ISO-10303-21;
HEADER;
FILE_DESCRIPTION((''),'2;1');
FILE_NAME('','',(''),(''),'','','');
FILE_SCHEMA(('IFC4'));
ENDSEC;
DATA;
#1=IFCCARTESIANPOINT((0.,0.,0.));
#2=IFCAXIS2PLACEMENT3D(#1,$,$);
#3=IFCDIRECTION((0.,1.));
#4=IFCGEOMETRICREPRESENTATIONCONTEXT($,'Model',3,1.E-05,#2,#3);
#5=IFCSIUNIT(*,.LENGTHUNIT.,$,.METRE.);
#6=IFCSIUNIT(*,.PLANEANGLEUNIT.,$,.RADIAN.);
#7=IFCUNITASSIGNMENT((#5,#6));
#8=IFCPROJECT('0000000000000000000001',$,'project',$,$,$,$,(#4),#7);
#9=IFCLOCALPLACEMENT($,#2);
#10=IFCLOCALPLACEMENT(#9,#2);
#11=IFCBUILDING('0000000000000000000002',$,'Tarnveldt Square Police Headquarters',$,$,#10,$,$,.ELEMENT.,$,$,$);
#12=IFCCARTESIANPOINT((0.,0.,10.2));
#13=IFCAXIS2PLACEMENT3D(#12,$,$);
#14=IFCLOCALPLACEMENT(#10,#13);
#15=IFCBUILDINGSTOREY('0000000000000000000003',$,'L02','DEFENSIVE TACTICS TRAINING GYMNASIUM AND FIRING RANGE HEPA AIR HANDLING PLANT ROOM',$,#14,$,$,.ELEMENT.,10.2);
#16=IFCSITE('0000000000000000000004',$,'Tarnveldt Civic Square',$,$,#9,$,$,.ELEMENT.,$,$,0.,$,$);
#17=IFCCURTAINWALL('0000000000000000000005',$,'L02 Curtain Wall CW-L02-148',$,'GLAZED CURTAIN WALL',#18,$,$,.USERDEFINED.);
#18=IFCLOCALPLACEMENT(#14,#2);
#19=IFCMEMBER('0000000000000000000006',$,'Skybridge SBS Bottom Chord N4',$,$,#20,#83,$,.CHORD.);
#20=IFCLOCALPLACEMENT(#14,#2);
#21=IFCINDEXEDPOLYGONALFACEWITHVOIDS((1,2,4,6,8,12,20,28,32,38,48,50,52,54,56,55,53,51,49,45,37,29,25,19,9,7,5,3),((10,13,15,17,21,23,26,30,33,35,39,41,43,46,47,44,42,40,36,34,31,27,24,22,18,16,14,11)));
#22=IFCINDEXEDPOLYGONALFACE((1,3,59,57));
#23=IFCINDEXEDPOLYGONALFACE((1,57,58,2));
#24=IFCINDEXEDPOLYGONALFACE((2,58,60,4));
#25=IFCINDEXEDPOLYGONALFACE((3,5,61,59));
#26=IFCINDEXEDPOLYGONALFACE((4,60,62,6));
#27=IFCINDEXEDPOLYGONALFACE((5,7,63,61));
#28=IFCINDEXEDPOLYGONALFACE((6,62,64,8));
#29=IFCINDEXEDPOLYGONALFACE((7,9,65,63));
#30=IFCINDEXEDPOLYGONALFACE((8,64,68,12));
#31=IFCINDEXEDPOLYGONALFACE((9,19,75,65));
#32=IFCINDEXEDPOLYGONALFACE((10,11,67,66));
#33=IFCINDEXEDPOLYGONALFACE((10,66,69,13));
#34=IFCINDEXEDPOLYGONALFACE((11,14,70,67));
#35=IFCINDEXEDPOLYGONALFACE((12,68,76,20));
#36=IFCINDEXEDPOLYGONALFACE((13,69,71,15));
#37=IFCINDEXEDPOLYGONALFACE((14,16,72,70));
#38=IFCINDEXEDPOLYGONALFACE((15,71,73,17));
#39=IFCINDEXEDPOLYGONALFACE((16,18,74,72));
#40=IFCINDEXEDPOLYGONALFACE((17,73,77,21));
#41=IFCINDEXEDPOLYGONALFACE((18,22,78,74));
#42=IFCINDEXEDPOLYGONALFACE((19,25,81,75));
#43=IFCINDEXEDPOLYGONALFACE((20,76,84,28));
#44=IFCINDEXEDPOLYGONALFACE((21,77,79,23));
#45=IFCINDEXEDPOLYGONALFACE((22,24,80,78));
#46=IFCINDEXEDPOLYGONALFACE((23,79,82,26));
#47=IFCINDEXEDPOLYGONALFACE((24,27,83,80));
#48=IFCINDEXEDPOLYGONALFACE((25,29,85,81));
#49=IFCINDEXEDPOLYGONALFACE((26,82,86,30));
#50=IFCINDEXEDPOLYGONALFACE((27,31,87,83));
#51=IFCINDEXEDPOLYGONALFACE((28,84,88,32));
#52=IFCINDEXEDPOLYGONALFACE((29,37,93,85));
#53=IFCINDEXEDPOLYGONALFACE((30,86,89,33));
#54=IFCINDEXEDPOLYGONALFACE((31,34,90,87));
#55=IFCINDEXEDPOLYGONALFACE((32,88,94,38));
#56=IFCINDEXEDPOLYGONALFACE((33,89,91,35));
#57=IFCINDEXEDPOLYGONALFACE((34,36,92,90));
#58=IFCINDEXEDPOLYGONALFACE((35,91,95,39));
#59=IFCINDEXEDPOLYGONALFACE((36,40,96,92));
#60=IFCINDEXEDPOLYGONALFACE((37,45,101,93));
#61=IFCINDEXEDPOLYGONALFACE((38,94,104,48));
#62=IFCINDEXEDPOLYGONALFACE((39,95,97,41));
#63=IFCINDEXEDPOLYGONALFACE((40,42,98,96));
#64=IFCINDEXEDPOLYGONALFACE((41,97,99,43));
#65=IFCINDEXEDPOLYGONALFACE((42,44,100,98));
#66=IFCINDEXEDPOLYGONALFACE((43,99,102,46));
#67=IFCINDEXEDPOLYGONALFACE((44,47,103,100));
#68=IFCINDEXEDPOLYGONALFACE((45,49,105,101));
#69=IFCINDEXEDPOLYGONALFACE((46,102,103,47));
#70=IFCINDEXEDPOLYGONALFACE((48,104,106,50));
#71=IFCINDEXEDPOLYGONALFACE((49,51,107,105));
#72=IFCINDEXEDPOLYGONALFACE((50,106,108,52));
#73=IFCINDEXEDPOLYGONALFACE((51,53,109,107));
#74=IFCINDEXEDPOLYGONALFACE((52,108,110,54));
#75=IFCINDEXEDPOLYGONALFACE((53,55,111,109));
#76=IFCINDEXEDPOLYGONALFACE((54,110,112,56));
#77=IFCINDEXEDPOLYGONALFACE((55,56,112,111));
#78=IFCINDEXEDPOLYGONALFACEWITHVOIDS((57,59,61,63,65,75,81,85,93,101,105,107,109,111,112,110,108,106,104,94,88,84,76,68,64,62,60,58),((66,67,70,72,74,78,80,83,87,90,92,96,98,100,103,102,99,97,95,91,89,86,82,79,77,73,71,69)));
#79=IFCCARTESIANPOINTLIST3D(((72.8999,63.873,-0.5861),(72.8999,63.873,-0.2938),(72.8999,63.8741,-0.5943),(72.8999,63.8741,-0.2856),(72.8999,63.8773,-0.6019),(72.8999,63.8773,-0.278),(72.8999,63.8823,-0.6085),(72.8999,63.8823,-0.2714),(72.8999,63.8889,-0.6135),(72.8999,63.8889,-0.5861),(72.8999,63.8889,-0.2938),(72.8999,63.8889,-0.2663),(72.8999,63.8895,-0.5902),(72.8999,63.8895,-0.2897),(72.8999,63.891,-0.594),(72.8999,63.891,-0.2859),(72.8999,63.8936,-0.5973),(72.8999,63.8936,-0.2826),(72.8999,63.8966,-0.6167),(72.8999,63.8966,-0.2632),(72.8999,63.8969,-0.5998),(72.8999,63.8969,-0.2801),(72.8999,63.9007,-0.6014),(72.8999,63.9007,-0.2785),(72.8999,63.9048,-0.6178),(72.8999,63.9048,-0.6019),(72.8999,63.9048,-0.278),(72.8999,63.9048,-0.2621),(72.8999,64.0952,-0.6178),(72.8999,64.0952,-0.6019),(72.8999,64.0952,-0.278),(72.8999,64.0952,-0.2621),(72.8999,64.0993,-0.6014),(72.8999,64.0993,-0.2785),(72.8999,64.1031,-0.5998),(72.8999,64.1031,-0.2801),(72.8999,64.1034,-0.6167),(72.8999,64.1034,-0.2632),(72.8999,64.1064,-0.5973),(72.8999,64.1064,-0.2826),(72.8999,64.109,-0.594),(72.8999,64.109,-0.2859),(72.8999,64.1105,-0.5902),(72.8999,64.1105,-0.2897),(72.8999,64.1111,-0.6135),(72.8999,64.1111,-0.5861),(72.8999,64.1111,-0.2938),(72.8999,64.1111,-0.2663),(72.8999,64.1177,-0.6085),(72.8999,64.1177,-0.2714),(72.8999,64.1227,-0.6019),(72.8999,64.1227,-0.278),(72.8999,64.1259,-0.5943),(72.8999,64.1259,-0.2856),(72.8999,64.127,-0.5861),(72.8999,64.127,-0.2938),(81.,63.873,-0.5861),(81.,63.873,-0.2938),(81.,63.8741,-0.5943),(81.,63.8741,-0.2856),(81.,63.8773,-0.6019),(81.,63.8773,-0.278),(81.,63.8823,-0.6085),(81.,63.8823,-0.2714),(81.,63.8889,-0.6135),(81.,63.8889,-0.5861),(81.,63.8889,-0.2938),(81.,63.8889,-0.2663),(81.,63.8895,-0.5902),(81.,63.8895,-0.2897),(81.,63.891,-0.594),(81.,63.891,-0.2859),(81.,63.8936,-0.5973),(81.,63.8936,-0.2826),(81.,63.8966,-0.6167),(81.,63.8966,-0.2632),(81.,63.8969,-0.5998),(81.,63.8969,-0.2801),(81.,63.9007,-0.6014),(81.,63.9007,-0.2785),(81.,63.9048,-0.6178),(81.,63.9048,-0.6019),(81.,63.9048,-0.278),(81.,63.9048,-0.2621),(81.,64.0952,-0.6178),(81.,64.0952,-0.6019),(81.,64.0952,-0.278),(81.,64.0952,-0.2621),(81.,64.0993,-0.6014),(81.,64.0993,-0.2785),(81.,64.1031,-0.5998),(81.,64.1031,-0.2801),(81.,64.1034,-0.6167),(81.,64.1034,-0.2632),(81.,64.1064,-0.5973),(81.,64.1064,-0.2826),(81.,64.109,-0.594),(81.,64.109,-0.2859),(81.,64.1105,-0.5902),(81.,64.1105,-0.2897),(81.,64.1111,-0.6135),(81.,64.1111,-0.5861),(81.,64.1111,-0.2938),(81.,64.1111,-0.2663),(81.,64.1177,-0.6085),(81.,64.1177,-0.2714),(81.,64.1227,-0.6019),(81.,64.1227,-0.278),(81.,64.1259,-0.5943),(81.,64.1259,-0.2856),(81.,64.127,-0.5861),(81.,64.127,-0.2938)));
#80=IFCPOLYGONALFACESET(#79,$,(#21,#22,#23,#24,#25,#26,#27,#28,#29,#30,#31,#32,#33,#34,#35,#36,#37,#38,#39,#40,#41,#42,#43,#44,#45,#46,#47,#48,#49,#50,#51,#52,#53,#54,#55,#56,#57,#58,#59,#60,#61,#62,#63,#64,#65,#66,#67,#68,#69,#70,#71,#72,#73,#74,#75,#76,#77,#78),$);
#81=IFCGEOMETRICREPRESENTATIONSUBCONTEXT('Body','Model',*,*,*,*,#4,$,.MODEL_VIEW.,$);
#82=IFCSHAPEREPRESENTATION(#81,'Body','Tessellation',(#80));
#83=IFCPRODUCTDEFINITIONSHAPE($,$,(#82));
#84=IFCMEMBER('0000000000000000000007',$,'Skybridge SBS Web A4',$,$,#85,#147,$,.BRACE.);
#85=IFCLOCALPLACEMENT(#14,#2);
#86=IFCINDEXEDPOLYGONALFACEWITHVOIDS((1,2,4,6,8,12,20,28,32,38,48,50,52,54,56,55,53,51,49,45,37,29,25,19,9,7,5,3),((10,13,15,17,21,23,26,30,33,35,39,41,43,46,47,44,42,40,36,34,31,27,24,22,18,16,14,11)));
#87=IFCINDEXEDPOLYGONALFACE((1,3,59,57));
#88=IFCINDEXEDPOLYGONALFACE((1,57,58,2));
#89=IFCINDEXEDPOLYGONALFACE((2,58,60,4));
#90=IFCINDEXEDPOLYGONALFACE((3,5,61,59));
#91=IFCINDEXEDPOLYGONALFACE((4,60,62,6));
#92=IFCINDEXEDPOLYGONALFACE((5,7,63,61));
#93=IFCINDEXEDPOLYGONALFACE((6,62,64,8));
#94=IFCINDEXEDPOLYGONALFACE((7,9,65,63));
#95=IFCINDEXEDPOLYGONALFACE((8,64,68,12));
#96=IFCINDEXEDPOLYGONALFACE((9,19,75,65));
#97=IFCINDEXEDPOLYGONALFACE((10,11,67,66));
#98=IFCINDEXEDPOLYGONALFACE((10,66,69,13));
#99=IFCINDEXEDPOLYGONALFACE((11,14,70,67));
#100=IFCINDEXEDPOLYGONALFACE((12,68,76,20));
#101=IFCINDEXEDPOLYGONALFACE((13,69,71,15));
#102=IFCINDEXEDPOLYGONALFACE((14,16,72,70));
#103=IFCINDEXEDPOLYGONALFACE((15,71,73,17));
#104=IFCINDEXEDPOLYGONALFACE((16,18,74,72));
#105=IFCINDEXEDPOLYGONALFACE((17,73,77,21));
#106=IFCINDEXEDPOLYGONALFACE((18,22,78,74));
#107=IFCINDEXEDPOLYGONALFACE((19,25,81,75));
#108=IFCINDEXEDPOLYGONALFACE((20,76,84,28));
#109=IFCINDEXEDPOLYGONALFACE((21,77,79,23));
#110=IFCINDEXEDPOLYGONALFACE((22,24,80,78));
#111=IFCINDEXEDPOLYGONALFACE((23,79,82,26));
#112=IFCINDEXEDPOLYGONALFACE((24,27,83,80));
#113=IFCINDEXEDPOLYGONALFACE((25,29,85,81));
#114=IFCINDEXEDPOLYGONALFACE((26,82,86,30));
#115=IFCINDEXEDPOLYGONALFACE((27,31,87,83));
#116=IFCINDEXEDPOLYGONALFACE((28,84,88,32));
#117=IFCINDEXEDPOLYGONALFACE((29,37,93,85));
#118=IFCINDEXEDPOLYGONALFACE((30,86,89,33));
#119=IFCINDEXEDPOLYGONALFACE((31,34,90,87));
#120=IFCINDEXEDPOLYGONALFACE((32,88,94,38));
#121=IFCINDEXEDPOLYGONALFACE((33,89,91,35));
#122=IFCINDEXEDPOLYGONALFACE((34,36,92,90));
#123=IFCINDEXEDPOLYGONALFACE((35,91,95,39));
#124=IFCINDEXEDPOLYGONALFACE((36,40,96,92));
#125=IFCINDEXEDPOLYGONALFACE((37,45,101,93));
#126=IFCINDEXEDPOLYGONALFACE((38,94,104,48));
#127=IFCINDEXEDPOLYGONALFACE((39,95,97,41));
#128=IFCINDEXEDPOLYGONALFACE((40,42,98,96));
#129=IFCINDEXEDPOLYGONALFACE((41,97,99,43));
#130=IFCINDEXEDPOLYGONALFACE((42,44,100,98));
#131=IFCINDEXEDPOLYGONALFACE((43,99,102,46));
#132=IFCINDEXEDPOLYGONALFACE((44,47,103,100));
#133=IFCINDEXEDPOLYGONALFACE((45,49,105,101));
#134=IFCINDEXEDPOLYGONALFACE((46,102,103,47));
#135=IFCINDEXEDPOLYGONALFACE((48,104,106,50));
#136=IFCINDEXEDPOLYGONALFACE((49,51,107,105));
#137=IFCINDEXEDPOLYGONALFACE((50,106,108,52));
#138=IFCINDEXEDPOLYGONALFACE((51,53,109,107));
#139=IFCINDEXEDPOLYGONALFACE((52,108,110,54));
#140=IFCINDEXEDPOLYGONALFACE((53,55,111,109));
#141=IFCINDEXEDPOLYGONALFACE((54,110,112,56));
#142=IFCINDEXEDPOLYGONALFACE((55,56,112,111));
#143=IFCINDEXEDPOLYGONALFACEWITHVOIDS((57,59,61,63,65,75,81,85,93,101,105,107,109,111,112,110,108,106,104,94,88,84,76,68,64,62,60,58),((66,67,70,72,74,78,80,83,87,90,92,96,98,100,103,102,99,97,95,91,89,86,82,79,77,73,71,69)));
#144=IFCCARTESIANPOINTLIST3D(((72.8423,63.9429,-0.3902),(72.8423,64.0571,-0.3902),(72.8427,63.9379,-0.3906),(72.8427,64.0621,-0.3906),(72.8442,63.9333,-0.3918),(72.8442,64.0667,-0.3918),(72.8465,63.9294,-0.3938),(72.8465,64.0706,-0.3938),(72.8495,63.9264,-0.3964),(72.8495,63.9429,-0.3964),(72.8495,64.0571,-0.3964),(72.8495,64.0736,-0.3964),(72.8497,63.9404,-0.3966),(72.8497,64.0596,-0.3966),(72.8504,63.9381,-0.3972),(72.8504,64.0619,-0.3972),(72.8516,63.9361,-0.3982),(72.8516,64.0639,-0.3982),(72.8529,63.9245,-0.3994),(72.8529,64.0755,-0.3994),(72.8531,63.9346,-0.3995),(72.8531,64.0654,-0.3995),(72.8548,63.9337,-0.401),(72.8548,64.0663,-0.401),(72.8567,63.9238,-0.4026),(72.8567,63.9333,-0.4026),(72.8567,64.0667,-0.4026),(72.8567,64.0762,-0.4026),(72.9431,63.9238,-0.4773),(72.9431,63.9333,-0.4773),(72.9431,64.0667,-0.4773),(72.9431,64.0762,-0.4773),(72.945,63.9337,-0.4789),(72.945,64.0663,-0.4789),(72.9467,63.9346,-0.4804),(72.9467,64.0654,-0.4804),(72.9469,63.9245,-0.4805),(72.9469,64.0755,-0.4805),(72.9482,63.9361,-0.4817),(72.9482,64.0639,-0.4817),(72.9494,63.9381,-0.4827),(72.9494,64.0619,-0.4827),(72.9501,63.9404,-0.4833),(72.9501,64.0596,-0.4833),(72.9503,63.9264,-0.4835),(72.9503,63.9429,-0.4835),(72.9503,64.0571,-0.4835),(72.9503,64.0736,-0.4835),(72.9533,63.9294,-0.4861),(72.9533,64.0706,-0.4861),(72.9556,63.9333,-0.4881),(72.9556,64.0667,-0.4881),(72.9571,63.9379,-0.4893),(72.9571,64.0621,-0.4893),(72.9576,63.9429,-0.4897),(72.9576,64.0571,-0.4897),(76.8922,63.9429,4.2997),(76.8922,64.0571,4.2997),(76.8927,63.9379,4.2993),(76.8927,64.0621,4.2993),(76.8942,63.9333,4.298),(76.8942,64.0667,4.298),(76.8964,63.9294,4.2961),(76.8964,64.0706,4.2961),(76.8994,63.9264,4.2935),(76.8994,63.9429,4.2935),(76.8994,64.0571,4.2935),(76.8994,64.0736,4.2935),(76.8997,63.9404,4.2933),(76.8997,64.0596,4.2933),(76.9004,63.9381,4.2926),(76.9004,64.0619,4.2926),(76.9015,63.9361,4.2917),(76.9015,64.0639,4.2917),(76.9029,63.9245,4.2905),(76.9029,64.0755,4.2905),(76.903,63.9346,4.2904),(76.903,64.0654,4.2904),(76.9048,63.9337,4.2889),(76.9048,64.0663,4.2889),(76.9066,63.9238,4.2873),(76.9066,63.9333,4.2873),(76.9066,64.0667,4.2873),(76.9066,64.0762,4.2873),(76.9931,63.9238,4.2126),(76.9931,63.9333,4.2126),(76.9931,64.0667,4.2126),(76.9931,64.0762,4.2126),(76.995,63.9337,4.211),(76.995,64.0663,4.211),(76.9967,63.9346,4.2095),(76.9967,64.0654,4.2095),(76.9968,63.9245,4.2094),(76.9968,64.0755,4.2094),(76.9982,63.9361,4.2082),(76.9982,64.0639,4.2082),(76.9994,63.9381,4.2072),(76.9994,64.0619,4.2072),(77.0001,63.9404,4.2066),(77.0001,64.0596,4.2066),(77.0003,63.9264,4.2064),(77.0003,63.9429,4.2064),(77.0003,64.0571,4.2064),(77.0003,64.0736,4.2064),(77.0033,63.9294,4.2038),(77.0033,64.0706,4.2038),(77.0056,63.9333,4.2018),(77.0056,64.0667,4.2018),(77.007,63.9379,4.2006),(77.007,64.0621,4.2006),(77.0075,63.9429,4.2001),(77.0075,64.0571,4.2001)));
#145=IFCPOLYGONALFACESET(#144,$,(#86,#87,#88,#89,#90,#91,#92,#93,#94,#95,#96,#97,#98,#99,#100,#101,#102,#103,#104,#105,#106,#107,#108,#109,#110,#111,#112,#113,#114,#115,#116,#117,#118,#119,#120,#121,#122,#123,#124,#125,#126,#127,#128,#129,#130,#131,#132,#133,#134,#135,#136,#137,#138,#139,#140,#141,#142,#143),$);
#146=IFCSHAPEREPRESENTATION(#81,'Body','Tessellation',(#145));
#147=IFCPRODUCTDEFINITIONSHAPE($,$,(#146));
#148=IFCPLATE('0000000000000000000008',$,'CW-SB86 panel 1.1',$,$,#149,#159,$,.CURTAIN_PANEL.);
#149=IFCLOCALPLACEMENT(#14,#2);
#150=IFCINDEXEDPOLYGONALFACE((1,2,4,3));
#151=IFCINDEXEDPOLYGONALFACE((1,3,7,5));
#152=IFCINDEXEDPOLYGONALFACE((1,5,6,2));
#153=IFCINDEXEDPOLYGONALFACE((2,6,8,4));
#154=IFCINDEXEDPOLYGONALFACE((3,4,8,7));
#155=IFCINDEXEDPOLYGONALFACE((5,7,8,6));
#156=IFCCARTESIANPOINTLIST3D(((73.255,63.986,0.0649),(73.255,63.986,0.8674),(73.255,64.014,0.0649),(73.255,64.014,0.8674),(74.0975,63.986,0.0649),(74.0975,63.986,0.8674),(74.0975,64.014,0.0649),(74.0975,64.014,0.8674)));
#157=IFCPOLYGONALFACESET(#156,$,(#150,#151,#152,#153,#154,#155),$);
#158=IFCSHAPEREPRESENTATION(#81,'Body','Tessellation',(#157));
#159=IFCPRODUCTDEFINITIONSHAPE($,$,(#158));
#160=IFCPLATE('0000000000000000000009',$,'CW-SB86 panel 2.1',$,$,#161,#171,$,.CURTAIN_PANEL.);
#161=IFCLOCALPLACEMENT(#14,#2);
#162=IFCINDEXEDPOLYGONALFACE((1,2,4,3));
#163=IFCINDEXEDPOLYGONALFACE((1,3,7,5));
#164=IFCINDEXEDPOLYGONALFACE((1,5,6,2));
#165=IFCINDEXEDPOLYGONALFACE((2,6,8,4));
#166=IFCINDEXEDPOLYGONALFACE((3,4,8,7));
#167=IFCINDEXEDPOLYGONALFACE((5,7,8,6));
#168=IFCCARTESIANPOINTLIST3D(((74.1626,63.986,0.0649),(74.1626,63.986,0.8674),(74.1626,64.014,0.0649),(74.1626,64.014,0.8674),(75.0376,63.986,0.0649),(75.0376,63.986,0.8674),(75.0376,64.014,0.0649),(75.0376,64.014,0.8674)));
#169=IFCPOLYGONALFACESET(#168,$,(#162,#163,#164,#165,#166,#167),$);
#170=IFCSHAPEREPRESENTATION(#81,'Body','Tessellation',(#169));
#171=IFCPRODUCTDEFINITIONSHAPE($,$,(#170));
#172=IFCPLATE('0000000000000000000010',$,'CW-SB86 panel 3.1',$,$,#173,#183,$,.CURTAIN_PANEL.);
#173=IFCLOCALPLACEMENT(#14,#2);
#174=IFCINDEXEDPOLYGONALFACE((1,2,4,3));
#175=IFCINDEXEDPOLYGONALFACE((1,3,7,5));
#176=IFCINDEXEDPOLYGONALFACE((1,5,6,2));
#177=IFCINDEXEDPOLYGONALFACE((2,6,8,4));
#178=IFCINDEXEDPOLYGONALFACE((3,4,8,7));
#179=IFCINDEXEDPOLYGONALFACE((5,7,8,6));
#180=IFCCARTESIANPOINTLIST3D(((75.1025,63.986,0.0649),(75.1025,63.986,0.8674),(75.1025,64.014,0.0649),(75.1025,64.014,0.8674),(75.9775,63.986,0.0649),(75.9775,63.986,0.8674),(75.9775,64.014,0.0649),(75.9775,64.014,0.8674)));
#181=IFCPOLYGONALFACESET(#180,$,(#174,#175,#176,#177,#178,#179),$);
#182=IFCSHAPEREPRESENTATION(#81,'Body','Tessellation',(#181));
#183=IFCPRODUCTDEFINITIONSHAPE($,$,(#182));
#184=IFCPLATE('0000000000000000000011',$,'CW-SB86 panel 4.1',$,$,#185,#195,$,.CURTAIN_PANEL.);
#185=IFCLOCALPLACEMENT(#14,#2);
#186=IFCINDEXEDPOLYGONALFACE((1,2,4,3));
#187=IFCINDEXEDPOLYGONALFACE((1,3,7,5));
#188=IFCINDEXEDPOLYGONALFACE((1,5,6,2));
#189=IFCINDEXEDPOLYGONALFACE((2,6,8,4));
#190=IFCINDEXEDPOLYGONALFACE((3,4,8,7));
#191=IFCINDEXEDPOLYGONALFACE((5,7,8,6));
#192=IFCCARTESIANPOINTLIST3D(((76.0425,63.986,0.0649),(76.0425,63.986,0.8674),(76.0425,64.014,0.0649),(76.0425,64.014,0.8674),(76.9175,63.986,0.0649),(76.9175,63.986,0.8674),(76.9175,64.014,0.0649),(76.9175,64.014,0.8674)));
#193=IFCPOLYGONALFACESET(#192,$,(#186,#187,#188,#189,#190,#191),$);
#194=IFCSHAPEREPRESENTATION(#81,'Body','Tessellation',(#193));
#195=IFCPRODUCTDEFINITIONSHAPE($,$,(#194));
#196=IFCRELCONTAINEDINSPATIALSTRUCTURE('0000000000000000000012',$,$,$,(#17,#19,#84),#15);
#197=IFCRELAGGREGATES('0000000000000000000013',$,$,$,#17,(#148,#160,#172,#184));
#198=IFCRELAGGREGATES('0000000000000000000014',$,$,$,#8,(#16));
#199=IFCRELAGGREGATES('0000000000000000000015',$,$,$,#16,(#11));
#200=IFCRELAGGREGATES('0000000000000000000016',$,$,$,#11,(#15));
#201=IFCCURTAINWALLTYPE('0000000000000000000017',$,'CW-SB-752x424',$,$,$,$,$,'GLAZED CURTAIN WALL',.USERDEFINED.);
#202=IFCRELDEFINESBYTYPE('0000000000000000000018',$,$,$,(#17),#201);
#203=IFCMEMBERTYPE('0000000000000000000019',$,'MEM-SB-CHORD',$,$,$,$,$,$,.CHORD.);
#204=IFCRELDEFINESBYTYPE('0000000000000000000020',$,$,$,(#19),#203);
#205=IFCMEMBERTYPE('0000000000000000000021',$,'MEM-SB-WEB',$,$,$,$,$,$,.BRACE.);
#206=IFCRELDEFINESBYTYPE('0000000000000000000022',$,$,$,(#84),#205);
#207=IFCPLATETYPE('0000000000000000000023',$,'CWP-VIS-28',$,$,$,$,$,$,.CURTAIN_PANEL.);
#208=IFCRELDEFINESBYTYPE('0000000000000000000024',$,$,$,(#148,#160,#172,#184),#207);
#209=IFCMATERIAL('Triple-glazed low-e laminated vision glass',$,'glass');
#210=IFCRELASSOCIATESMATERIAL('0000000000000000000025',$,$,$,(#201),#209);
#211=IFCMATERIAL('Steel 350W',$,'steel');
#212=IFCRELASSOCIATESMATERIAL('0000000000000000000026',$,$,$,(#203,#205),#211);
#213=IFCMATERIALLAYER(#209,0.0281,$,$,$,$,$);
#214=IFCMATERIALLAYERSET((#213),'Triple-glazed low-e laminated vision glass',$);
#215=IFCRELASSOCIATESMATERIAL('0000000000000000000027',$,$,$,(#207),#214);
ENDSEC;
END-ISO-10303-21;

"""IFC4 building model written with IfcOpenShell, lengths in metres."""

from ifc_helpers import new_model, si_unit, direction, frame, origin, origin_2d, place, context, subcontext, project, spatial, rectangle, hollow_rectangle, extrude, material, layer, layer_set, material_profile, profile_set, type_object, element, aggregate, save


model = new_model("IFC4")

# Units and contexts
model_context = context("Model", 3, precision=1e-05, world=origin(), true_north=direction((0.0, 1.0)))
body_context = subcontext(model_context, "Body", "Model", "MODEL_VIEW")
ifc_project = project(units=[si_unit("LENGTHUNIT", "METRE"), si_unit("PLANEANGLEUNIT", "RADIAN")], contexts=[model_context])

# Site, building, storey
site_placement = place(None, origin())
site = spatial("IfcSite", under=ifc_project, at=site_placement, Name="Tarnveldt Civic Square", CompositionType="ELEMENT", RefElevation=0.0)
building_placement = place(site_placement, origin())
building = spatial("IfcBuilding", under=site, at=building_placement, Name="Tarnveldt Square Police Headquarters", CompositionType="ELEMENT")
storey_placement = place(building_placement, frame((0.0, 0.0, 10.2)))
storey = spatial("IfcBuildingStorey", under=building, at=storey_placement, Name="L02", Description="DEFENSIVE TACTICS TRAINING GYMNASIUM AND FIRING RANGE HEPA AIR HANDLING PLANT ROOM", CompositionType="ELEMENT", Elevation=10.2)

# Curtain wall
ifc_material_1 = material(Name="Triple-glazed low-e laminated vision glass", Category="glass")
curtain_wall_type = type_object("IfcCurtainWallType", Name="CW-SB-752x424", ElementType="GLAZED CURTAIN WALL", PredefinedType="USERDEFINED", material=ifc_material_1)
curtain_wall_placement = place(storey_placement, origin())
curtain_wall = element("IfcCurtainWall", 1, at=curtain_wall_placement, inside=storey, type_object=curtain_wall_type, Name="L02 Curtain Wall CW-L02-148", ObjectType="GLAZED CURTAIN WALL", PredefinedType="USERDEFINED")

# Members
ifc_material_2 = material(Name="Steel 350W", Category="steel")
ifc_material_profile_1 = material_profile(ifc_material_2, hollow_rectangle(XDim=0.2539, YDim=0.3557, WallThickness=0.0159, InnerFilletRadius=0.0159, OuterFilletRadius=0.0317, at=origin_2d()), Name="HSS356x254x16")
ifc_profile_set_1 = profile_set([ifc_material_profile_1], Name="Steel 350W")
member_type_1 = type_object("IfcMemberType", Name="MEM-SB-CHORD", PredefinedType="CHORD", material=ifc_profile_set_1)
member_1_placement = place(storey_placement, frame((72.8999, 64.0, -0.4399), z_axis=(1.0, 0.0, 0.0), x_axis=(0.0, 1.0, 0.0)))
element("IfcMember", 2, at=member_1_placement, inside=storey, type_object=member_type_1, Name="Skybridge SBS Bottom Chord N4", PredefinedType="CHORD", context=body_context, shape_type="SweptSolid", body=[
    extrude(hollow_rectangle(XDim=0.2539, YDim=0.3557, WallThickness=0.0159, InnerFilletRadius=0.0159, OuterFilletRadius=0.0317, at=origin_2d()), origin(), (0.0, 0.0, 1.0), 8.1001),
])
ifc_material_profile_2 = material_profile(ifc_material_2, hollow_rectangle(XDim=0.1523, YDim=0.1523, WallThickness=0.0095, InnerFilletRadius=0.0095, OuterFilletRadius=0.019, at=origin_2d()), Name="HSS152x152x9.5")
ifc_profile_set_2 = profile_set([ifc_material_profile_2], Name="Steel 350W")
member_type_2 = type_object("IfcMemberType", Name="MEM-SB-WEB", PredefinedType="BRACE", material=ifc_profile_set_2)
member_2_placement = place(storey_placement, frame((72.8999, 64.0, -0.4399), z_axis=(0.653587, 0.0, 0.756851), x_axis=(0.0, 1.0, 0.0)))
element("IfcMember", 3, at=member_2_placement, inside=storey, type_object=member_type_2, Name="Skybridge SBS Web A4", PredefinedType="BRACE", context=body_context, shape_type="SweptSolid", body=[
    extrude(hollow_rectangle(XDim=0.1523, YDim=0.1523, WallThickness=0.0095, InnerFilletRadius=0.0095, OuterFilletRadius=0.019, at=origin_2d()), origin(), (0.0, 0.0, 1.0), 6.1965),
])

# Plates
ifc_layer = layer(ifc_material_1, 0.0281)
ifc_layer_set = layer_set([ifc_layer], Name="Triple-glazed low-e laminated vision glass")
plate_type = type_object("IfcPlateType", Name="CWP-VIS-28", PredefinedType="CURTAIN_PANEL", material=ifc_layer_set)
plate_1_placement = place(storey_placement, frame((73.6763, 64.0, 0.0649), z_axis=(0.0, 0.0, 1.0), x_axis=(1.0, 0.0, 0.0)))
plate_1 = element("IfcPlate", 4, at=plate_1_placement, type_object=plate_type, Name="CW-SB86 panel 1.1", PredefinedType="CURTAIN_PANEL", context=body_context, shape_type="SweptSolid", body=[
    extrude(rectangle(XDim=0.8425, YDim=0.0281, at=origin_2d()), origin(), (0.0, 0.0, 1.0), 0.8025),
])
plate_2_placement = place(storey_placement, frame((74.6001, 64.0, 0.0649), z_axis=(0.0, 0.0, 1.0), x_axis=(1.0, 0.0, 0.0)))
plate_2 = element("IfcPlate", 5, at=plate_2_placement, type_object=plate_type, Name="CW-SB86 panel 2.1", PredefinedType="CURTAIN_PANEL", context=body_context, shape_type="SweptSolid", body=[
    extrude(rectangle(XDim=0.875, YDim=0.0281, at=origin_2d()), origin(), (0.0, 0.0, 1.0), 0.8025),
])
plate_3_placement = place(storey_placement, frame((75.54, 64.0, 0.0649), z_axis=(0.0, 0.0, 1.0), x_axis=(1.0, 0.0, 0.0)))
plate_3 = element("IfcPlate", 6, at=plate_3_placement, type_object=plate_type, Name="CW-SB86 panel 3.1", PredefinedType="CURTAIN_PANEL", context=body_context, shape_type="SweptSolid", body=[
    extrude(rectangle(XDim=0.875, YDim=0.0281, at=origin_2d()), origin(), (0.0, 0.0, 1.0), 0.8025),
])
plate_4_placement = place(storey_placement, frame((76.48, 64.0, 0.0649), z_axis=(0.0, 0.0, 1.0), x_axis=(1.0, 0.0, 0.0)))
plate_4 = element("IfcPlate", 7, at=plate_4_placement, type_object=plate_type, Name="CW-SB86 panel 4.1", PredefinedType="CURTAIN_PANEL", context=body_context, shape_type="SweptSolid", body=[
    extrude(rectangle(XDim=0.875, YDim=0.0281, at=origin_2d()), origin(), (0.0, 0.0, 1.0), 0.8025),
])
aggregate(curtain_wall, [plate_1, plate_2, plate_3, plate_4])

save(model, "model.ifc")
